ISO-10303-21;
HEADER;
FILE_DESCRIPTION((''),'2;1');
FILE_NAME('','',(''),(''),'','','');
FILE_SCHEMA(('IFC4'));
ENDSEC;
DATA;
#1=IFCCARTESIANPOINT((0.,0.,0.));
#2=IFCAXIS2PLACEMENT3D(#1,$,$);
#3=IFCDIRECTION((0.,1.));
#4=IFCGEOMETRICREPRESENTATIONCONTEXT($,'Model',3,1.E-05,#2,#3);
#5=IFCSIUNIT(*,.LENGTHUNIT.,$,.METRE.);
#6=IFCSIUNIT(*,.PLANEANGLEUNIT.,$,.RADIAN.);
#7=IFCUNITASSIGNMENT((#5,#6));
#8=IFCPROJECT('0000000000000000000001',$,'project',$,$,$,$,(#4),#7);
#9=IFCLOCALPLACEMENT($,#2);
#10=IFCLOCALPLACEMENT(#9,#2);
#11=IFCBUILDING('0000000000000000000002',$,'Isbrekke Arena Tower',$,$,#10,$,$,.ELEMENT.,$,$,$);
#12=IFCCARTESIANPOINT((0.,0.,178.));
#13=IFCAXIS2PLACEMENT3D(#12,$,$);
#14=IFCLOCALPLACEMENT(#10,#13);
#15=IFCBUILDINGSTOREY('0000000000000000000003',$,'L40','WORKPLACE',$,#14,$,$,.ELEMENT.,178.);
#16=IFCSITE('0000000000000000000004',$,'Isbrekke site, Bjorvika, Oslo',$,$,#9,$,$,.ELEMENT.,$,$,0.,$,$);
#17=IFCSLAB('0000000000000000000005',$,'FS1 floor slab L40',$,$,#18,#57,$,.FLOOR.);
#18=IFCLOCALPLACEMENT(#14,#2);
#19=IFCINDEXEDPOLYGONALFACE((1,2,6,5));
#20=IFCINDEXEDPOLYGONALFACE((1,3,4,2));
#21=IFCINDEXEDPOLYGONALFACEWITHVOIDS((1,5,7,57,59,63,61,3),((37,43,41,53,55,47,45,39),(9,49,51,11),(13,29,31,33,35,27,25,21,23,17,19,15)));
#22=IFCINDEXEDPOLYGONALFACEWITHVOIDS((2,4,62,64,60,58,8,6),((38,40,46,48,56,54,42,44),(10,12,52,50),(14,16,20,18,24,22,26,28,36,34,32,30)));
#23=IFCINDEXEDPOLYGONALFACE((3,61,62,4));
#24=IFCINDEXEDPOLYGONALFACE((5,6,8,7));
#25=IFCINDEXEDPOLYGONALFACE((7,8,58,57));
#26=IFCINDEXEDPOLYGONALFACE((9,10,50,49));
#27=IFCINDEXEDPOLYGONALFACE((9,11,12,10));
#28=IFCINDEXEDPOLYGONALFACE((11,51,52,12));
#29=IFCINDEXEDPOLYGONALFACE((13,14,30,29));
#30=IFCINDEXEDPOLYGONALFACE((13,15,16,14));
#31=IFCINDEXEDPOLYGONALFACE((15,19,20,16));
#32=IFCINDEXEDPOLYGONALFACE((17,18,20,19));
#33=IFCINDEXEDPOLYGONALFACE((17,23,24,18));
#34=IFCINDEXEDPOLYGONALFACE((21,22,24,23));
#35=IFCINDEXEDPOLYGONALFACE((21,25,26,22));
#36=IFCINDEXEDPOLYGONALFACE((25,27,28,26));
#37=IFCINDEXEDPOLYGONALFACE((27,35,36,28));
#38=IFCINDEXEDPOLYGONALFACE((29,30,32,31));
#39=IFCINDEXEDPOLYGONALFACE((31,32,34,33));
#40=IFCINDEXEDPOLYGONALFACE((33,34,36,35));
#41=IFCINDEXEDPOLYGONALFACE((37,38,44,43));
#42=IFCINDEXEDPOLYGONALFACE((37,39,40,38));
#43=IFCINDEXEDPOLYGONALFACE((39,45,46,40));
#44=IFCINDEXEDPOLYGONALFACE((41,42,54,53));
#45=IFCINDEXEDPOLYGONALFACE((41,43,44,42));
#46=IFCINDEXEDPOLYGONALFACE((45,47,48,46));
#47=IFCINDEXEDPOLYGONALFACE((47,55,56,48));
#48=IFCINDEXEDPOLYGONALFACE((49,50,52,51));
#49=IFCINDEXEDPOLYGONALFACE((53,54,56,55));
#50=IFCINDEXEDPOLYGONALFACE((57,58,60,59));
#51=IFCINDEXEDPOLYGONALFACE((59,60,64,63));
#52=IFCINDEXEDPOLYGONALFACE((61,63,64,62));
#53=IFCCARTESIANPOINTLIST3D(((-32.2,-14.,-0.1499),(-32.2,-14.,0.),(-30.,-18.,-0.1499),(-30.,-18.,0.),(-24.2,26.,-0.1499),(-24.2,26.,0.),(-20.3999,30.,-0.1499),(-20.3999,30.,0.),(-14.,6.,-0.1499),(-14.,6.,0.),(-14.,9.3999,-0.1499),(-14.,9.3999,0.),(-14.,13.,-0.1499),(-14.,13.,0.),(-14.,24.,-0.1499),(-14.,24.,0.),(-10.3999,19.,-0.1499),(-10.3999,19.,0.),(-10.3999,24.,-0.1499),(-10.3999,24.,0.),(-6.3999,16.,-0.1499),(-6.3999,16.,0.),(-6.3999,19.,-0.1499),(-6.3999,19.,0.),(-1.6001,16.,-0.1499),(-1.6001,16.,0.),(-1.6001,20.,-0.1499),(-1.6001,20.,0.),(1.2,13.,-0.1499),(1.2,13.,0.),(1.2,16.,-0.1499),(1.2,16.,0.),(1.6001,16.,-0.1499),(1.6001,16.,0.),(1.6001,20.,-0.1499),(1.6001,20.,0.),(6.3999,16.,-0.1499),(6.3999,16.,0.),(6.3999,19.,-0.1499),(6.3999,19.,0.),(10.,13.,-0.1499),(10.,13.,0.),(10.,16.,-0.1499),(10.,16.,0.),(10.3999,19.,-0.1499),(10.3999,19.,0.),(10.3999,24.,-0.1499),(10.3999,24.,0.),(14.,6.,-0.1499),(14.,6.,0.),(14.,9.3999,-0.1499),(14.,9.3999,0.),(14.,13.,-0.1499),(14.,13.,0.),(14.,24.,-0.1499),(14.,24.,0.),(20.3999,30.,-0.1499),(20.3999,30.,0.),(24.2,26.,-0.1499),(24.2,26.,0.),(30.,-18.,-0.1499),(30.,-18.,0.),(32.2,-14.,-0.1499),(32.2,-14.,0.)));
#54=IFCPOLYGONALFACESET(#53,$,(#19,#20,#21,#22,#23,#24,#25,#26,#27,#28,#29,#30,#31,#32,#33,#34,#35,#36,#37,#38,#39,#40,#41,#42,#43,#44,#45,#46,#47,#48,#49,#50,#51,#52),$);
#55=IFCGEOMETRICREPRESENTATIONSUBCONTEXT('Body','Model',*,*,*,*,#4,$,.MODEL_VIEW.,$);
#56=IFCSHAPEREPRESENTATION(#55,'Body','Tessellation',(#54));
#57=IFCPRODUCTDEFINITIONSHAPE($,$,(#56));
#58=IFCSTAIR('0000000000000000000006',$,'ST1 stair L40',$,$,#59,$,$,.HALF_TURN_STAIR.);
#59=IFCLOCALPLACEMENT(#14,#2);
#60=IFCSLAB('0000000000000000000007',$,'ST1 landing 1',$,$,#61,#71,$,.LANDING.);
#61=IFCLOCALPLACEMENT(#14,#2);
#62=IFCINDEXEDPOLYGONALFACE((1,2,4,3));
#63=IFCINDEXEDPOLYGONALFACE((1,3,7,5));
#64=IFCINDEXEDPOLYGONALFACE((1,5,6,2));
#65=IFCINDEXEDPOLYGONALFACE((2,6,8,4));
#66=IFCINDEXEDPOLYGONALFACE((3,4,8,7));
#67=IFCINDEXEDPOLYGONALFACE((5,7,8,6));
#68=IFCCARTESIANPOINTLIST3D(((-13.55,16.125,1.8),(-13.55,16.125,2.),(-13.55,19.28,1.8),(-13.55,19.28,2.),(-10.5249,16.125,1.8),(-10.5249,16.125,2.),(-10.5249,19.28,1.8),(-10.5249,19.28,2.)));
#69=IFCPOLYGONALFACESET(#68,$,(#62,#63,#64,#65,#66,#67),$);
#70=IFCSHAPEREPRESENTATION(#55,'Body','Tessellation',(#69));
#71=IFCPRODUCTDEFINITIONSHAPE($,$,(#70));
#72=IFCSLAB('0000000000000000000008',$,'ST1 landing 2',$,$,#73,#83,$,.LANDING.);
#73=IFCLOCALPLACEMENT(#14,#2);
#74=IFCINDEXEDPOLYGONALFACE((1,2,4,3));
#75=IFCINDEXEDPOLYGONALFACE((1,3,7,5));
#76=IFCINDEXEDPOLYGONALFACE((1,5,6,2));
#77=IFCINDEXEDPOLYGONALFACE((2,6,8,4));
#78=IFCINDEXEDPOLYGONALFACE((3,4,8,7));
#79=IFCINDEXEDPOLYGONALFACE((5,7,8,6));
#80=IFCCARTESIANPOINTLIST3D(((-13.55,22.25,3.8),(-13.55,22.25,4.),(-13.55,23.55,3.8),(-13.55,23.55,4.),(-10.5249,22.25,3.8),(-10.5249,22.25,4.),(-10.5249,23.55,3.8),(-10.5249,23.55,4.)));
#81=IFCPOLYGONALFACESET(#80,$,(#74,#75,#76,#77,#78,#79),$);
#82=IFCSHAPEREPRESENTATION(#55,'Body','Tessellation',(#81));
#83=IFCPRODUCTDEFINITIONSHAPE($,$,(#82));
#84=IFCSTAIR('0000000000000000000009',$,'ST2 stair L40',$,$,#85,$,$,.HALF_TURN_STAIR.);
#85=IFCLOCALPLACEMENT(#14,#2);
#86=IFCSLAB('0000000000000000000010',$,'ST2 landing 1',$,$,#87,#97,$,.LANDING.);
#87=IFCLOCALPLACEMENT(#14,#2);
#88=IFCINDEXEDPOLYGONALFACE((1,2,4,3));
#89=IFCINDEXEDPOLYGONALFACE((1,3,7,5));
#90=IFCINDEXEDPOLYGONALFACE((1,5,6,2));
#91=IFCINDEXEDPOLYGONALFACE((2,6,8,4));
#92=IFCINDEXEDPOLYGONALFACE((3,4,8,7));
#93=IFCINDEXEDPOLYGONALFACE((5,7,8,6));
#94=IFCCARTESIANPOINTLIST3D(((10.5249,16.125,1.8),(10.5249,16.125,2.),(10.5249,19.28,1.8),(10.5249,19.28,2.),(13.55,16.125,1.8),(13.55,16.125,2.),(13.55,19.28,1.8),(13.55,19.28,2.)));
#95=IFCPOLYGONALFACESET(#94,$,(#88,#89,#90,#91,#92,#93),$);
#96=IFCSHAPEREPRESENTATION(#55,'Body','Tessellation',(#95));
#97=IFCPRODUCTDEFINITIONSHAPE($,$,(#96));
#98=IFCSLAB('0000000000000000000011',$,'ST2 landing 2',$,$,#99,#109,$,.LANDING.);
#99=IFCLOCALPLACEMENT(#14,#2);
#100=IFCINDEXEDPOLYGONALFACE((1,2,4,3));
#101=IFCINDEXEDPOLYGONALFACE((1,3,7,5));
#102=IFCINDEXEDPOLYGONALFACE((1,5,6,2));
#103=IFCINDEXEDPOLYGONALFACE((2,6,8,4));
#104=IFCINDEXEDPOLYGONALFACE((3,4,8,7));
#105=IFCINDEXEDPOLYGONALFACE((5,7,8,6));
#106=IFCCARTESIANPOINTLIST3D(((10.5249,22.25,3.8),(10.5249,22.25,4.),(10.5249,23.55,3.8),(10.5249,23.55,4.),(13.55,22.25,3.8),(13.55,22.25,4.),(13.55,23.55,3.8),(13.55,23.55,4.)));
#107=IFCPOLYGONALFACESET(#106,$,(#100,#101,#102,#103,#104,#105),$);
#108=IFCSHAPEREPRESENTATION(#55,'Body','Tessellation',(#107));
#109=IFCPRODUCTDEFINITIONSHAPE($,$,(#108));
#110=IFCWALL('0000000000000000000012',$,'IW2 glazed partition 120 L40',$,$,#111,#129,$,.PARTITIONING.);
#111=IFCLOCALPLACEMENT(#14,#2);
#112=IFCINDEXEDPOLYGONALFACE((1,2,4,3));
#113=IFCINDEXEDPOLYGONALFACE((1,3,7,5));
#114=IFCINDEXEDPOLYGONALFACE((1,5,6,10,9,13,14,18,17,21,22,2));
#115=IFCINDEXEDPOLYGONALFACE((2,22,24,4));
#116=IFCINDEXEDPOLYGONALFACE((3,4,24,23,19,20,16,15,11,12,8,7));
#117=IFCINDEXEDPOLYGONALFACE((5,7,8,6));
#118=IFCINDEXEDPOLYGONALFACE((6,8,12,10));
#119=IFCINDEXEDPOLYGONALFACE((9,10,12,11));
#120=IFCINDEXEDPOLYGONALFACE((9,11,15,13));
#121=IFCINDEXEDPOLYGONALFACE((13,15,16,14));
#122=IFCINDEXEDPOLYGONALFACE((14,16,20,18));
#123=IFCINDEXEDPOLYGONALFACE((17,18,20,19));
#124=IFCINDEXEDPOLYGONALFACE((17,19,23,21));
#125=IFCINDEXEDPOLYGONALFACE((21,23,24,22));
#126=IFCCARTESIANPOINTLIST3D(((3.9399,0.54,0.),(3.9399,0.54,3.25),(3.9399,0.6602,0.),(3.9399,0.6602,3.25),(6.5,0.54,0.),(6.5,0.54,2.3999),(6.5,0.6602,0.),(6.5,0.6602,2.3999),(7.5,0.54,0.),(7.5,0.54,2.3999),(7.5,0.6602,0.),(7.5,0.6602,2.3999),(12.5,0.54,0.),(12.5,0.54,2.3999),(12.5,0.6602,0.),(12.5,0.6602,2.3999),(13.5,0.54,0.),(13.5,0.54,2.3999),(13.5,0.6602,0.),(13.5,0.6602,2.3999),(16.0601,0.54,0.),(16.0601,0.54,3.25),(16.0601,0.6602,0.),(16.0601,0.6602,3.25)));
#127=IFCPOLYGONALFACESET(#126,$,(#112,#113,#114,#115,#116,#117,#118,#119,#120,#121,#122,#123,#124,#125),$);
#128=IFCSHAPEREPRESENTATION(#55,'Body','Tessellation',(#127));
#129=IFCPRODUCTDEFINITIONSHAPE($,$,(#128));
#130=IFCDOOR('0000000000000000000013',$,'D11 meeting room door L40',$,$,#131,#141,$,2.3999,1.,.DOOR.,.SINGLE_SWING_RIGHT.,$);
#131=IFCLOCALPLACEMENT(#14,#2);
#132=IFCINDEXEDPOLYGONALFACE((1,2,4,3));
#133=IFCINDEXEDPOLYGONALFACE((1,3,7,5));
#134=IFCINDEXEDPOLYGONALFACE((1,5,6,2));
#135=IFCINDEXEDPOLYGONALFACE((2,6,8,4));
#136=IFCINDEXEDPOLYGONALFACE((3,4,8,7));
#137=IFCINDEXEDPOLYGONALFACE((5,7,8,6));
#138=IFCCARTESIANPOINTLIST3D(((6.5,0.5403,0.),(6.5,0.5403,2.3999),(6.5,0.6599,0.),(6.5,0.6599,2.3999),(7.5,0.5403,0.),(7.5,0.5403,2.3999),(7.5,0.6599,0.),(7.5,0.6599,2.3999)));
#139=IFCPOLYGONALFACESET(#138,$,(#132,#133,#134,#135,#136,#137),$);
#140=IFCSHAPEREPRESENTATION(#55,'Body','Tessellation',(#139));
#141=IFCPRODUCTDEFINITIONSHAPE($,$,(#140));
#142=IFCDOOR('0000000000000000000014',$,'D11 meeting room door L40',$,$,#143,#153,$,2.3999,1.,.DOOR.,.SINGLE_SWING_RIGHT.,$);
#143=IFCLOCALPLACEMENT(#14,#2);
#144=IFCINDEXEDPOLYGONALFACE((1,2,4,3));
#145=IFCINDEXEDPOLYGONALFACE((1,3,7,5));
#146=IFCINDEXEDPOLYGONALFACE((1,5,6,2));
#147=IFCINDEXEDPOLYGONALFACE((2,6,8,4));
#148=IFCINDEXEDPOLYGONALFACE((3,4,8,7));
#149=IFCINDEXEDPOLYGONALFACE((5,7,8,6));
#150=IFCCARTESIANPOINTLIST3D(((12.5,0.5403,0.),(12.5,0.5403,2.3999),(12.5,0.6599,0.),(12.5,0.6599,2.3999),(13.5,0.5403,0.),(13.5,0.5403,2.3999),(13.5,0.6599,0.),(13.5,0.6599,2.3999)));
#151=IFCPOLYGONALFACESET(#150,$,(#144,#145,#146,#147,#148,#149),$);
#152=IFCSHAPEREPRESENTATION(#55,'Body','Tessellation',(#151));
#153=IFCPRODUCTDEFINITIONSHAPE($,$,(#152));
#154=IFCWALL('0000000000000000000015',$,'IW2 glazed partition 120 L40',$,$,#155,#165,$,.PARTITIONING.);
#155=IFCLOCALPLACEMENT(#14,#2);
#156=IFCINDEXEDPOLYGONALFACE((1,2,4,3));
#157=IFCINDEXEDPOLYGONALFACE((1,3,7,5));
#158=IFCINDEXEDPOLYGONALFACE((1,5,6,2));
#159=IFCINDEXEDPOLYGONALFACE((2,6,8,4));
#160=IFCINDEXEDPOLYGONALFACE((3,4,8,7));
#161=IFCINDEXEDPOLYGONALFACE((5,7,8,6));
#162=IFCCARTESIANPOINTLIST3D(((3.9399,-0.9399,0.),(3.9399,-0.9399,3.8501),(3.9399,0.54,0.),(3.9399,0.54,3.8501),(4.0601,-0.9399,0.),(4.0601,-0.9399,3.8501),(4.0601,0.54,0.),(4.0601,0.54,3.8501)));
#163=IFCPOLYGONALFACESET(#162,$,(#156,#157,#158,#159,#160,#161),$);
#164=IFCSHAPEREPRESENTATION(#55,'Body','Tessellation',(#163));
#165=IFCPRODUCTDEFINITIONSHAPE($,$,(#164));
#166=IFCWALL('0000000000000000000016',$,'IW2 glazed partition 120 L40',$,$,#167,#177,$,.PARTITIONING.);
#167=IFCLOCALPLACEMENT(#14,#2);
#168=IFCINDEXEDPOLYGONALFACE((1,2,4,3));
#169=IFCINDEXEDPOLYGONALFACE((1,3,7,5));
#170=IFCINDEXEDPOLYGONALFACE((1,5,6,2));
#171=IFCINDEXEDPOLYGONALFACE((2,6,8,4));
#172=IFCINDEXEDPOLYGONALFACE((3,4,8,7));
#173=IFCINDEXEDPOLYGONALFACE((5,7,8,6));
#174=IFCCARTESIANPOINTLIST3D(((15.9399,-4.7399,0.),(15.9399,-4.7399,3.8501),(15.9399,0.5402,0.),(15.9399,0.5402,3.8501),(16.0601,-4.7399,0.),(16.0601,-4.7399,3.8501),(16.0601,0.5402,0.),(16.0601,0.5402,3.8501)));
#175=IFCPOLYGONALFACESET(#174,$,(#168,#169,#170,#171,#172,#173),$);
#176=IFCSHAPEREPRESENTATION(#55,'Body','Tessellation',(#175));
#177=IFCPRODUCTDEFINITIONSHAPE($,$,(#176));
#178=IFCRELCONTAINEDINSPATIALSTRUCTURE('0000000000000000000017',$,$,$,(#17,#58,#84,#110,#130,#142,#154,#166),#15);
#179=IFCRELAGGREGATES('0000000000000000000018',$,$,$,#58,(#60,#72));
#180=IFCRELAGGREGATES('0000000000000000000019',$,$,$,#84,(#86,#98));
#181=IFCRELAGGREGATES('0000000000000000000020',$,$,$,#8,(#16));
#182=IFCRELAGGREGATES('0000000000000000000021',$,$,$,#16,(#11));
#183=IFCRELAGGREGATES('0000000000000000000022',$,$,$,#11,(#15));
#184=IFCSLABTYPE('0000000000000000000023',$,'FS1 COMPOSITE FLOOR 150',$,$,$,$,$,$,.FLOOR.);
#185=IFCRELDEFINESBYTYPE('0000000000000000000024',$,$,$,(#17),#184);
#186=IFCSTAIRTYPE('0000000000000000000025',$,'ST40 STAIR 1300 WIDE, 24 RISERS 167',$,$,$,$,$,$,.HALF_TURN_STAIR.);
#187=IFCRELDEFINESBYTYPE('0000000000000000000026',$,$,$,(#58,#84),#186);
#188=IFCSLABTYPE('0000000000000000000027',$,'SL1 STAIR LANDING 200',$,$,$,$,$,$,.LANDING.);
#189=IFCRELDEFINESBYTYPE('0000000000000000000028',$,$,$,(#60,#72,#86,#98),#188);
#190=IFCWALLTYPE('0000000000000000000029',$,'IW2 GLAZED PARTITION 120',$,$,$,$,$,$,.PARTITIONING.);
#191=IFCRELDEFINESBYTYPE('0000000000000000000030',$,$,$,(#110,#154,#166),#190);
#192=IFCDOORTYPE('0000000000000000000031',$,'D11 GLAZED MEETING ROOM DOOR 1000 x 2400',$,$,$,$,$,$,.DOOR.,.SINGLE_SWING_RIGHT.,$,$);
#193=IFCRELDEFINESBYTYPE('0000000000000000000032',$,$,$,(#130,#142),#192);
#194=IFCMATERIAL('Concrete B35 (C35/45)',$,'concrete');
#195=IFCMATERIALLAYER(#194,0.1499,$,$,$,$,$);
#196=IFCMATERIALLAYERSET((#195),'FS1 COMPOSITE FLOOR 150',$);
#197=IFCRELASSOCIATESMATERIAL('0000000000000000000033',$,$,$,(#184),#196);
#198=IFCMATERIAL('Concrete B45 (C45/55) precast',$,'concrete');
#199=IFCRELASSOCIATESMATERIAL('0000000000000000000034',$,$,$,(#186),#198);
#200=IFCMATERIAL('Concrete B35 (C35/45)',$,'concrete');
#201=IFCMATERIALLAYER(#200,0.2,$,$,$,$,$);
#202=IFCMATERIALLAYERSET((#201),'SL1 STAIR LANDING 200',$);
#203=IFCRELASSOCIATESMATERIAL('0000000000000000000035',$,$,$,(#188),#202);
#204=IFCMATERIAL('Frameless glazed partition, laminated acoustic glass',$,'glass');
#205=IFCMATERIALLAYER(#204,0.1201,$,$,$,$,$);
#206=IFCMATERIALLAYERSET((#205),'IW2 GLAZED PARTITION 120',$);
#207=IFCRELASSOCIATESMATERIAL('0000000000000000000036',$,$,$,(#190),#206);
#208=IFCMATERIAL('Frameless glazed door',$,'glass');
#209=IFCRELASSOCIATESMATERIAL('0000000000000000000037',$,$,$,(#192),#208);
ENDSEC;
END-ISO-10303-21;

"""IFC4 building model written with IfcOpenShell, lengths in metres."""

from ifc_helpers import new_model, si_unit, direction, frame, frame_2d, origin, place, context, subcontext, project, spatial, polyline, rectangle, outline, extrude, material, layer, layer_set, type_object, element, fill, aggregate, save


model = new_model("IFC4")

# Units and contexts
model_context = context("Model", 3, precision=1e-05, world=origin(), true_north=direction((0.0, 1.0)))
body_context = subcontext(model_context, "Body", "Model", "MODEL_VIEW")
ifc_project = project(units=[si_unit("LENGTHUNIT", "METRE"), si_unit("PLANEANGLEUNIT", "RADIAN")], contexts=[model_context])

# Site, building, storey
site_placement = place(None, origin())
site = spatial("IfcSite", under=ifc_project, at=site_placement, Name="Isbrekke site, Bjorvika, Oslo", CompositionType="ELEMENT", RefElevation=0.0)
building_placement = place(site_placement, origin())
building = spatial("IfcBuilding", under=site, at=building_placement, Name="Isbrekke Arena Tower", CompositionType="ELEMENT")
storey_placement = place(building_placement, frame((0.0, 0.0, 178.0)))
storey = spatial("IfcBuildingStorey", under=building, at=storey_placement, Name="L40", Description="WORKPLACE", CompositionType="ELEMENT", Elevation=178.0)

# Slab
ifc_material_1 = material(Name="Concrete B35 (C35/45)", Category="concrete")
ifc_layer_1 = layer(ifc_material_1, 0.1499)
ifc_layer_set_1 = layer_set([ifc_layer_1], Name="FS1 COMPOSITE FLOOR 150")
slab_type_1 = type_object("IfcSlabType", Name="FS1 COMPOSITE FLOOR 150", PredefinedType="FLOOR", material=ifc_layer_set_1)
slab_1_placement = place(storey_placement, frame((0.0, 0.0, -0.1499)))
element("IfcSlab", 1, at=slab_1_placement, inside=storey, type_object=slab_type_1, Name="FS1 floor slab L40", PredefinedType="FLOOR", context=body_context, shape_type="SweptSolid", body=[
    extrude(outline(polyline([(-30.0, -18.0), (30.0, -18.0), (32.2, -14.0), (24.2, 26.0), (20.3999, 30.0), (-20.3999, 30.0), (-24.2, 26.0), (-32.2, -14.0), (-30.0, -18.0)]), holes=[polyline([(14.0, 9.3999), (14.0, 6.0), (-14.0, 6.0), (-14.0, 9.3999), (14.0, 9.3999)]), polyline([(-6.3999, 19.0), (-6.3999, 16.0), (-1.6001, 16.0), (-1.6001, 20.0), (1.6001, 20.0), (1.6001, 16.0), (1.2, 16.0), (1.2, 13.0), (-14.0, 13.0), (-14.0, 24.0), (-10.3999, 24.0), (-10.3999, 19.0), (-6.3999, 19.0)]), polyline([(10.0, 13.0), (10.0, 16.0), (6.3999, 16.0), (6.3999, 19.0), (10.3999, 19.0), (10.3999, 24.0), (14.0, 24.0), (14.0, 13.0), (10.0, 13.0)])]), origin(), (0.0, 0.0, 1.0), 0.1499),
])

# Stairs, slabs
ifc_material_2 = material(Name="Concrete B45 (C45/55) precast", Category="concrete")
stair_type = type_object("IfcStairType", Name="ST40 STAIR 1300 WIDE, 24 RISERS 167", PredefinedType="HALF_TURN_STAIR", material=ifc_material_2)
stair_1_placement = place(storey_placement, origin())
stair_1 = element("IfcStair", 2, at=stair_1_placement, inside=storey, type_object=stair_type, Name="ST1 stair L40", PredefinedType="HALF_TURN_STAIR")
ifc_material_3 = material(Name="Concrete B35 (C35/45)", Category="concrete")
ifc_layer_2 = layer(ifc_material_3, 0.2)
ifc_layer_set_2 = layer_set([ifc_layer_2], Name="SL1 STAIR LANDING 200")
slab_type_2 = type_object("IfcSlabType", Name="SL1 STAIR LANDING 200", PredefinedType="LANDING", material=ifc_layer_set_2)
slab_2_placement = place(storey_placement, frame((0.0, 0.0, 1.8)))
slab_2 = element("IfcSlab", 3, at=slab_2_placement, type_object=slab_type_2, Name="ST1 landing 1", PredefinedType="LANDING", context=body_context, shape_type="SweptSolid", body=[
    extrude(outline(polyline([(-13.55, 16.125), (-10.5249, 16.125), (-10.5249, 19.28), (-13.55, 19.28), (-13.55, 16.125)])), origin(), (0.0, 0.0, 1.0), 0.2),
])
slab_3_placement = place(storey_placement, frame((0.0, 0.0, 3.8)))
slab_3 = element("IfcSlab", 4, at=slab_3_placement, type_object=slab_type_2, Name="ST1 landing 2", PredefinedType="LANDING", context=body_context, shape_type="SweptSolid", body=[
    extrude(outline(polyline([(-13.55, 22.25), (-10.5249, 22.25), (-10.5249, 23.55), (-13.55, 23.55), (-13.55, 22.25)])), origin(), (0.0, 0.0, 1.0), 0.2),
])
aggregate(stair_1, [slab_2, slab_3])
stair_2_placement = place(storey_placement, origin())
stair_2 = element("IfcStair", 5, at=stair_2_placement, inside=storey, type_object=stair_type, Name="ST2 stair L40", PredefinedType="HALF_TURN_STAIR")
slab_4_placement = place(storey_placement, frame((0.0, 0.0, 1.8)))
slab_4 = element("IfcSlab", 6, at=slab_4_placement, type_object=slab_type_2, Name="ST2 landing 1", PredefinedType="LANDING", context=body_context, shape_type="SweptSolid", body=[
    extrude(outline(polyline([(10.5249, 16.125), (13.55, 16.125), (13.55, 19.28), (10.5249, 19.28), (10.5249, 16.125)])), origin(), (0.0, 0.0, 1.0), 0.2),
])
slab_5_placement = place(storey_placement, frame((0.0, 0.0, 3.8)))
slab_5 = element("IfcSlab", 7, at=slab_5_placement, type_object=slab_type_2, Name="ST2 landing 2", PredefinedType="LANDING", context=body_context, shape_type="SweptSolid", body=[
    extrude(outline(polyline([(10.5249, 22.25), (13.55, 22.25), (13.55, 23.55), (10.5249, 23.55), (10.5249, 22.25)])), origin(), (0.0, 0.0, 1.0), 0.2),
])
aggregate(stair_2, [slab_4, slab_5])

# Wall, openings, doors
ifc_material_4 = material(Name="Frameless glazed partition, laminated acoustic glass", Category="glass")
ifc_layer_3 = layer(ifc_material_4, 0.1201)
ifc_layer_set_3 = layer_set([ifc_layer_3], Name="IW2 GLAZED PARTITION 120")
wall_type_1 = type_object("IfcWallType", Name="IW2 GLAZED PARTITION 120", PredefinedType="PARTITIONING", material=ifc_layer_set_3)
wall_1_placement = place(storey_placement, frame((3.9399, 0.6001, 0.0), z_axis=(0.0, 0.0, 1.0), x_axis=(1.0, 0.0, 0.0)))
wall_1 = element("IfcWall", 8, at=wall_1_placement, inside=storey, type_object=wall_type_1, Name="IW2 glazed partition 120 L40", PredefinedType="PARTITIONING", context=body_context, shape_type="SweptSolid", body=[
    extrude(rectangle(XDim=12.1201, YDim=0.1201, at=frame_2d((6.0601, 0.0))), origin(), (0.0, 0.0, 1.0), 3.25),
])
opening_1_placement = place(wall_1_placement, frame((2.5601, 0.0, 0.0)))
opening_1 = element("IfcOpeningElement", 9, at=opening_1_placement, cuts=wall_1, PredefinedType="OPENING", context=body_context, shape_type="SweptSolid", body=[
    extrude(rectangle(XDim=1.0, YDim=2.3999, at=frame_2d((0.5, 1.2))), frame((0.0, 0.075, 0.0), z_axis=(0.0, -1.0, 0.0), x_axis=(1.0, 0.0, 0.0)), (0.0, 0.0, 1.0), 0.1499),
])
opening_2_placement = place(wall_1_placement, frame((8.5601, 0.0, 0.0)))
opening_2 = element("IfcOpeningElement", 10, at=opening_2_placement, cuts=wall_1, PredefinedType="OPENING", context=body_context, shape_type="SweptSolid", body=[
    extrude(rectangle(XDim=1.0, YDim=2.3999, at=frame_2d((0.5, 1.2))), frame((0.0, 0.075, 0.0), z_axis=(0.0, -1.0, 0.0), x_axis=(1.0, 0.0, 0.0)), (0.0, 0.0, 1.0), 0.1499),
])
ifc_material_5 = material(Name="Frameless glazed door", Category="glass")
door_type = type_object("IfcDoorType", Name="D11 GLAZED MEETING ROOM DOOR 1000 x 2400", OperationType="SINGLE_SWING_RIGHT", PredefinedType="DOOR", material=ifc_material_5)
door_1_placement = place(opening_1_placement, origin())
door_1 = element("IfcDoor", 11, at=door_1_placement, inside=storey, type_object=door_type, Name="D11 meeting room door L40", OperationType="SINGLE_SWING_RIGHT", OverallHeight=2.3999, OverallWidth=1.0, PredefinedType="DOOR", context=body_context, shape_type="SweptSolid", body=[
    extrude(rectangle(XDim=1.0, YDim=2.3999, at=frame_2d((0.5, 1.2))), frame((0.0, 0.0598, 0.0), z_axis=(0.0, -1.0, 0.0), x_axis=(1.0, 0.0, 0.0)), (0.0, 0.0, 1.0), 0.1196),
])
fill(opening_1, door_1)
door_2_placement = place(opening_2_placement, origin())
door_2 = element("IfcDoor", 12, at=door_2_placement, inside=storey, type_object=door_type, Name="D11 meeting room door L40", OperationType="SINGLE_SWING_RIGHT", OverallHeight=2.3999, OverallWidth=1.0, PredefinedType="DOOR", context=body_context, shape_type="SweptSolid", body=[
    extrude(rectangle(XDim=1.0, YDim=2.3999, at=frame_2d((0.5, 1.2))), frame((0.0, 0.0598, 0.0), z_axis=(0.0, -1.0, 0.0), x_axis=(1.0, 0.0, 0.0)), (0.0, 0.0, 1.0), 0.1196),
])
fill(opening_2, door_2)

# Walls
wall_2_placement = place(storey_placement, frame((4.0, -0.9399, 0.0), z_axis=(0.0, 0.0, 1.0), x_axis=(0.0, 1.0, 0.0)))
element("IfcWall", 13, at=wall_2_placement, inside=storey, type_object=wall_type_1, Name="IW2 glazed partition 120 L40", PredefinedType="PARTITIONING", context=body_context, shape_type="SweptSolid", body=[
    extrude(rectangle(XDim=1.48, YDim=0.1201, at=frame_2d((0.74, 0.0))), origin(), (0.0, 0.0, 1.0), 3.8501),
])
wall_3_placement = place(storey_placement, frame((16.0, -4.74, 0.0), z_axis=(0.0, 0.0, 1.0), x_axis=(0.0, 1.0, 0.0)))
element("IfcWall", 14, at=wall_3_placement, inside=storey, type_object=wall_type_1, Name="IW2 glazed partition 120 L40", PredefinedType="PARTITIONING", context=body_context, shape_type="SweptSolid", body=[
    extrude(rectangle(XDim=5.28, YDim=0.1201, at=frame_2d((2.6401, 0.0))), origin(), (0.0, 0.0, 1.0), 3.8501),
])

save(model, "model.ifc")
